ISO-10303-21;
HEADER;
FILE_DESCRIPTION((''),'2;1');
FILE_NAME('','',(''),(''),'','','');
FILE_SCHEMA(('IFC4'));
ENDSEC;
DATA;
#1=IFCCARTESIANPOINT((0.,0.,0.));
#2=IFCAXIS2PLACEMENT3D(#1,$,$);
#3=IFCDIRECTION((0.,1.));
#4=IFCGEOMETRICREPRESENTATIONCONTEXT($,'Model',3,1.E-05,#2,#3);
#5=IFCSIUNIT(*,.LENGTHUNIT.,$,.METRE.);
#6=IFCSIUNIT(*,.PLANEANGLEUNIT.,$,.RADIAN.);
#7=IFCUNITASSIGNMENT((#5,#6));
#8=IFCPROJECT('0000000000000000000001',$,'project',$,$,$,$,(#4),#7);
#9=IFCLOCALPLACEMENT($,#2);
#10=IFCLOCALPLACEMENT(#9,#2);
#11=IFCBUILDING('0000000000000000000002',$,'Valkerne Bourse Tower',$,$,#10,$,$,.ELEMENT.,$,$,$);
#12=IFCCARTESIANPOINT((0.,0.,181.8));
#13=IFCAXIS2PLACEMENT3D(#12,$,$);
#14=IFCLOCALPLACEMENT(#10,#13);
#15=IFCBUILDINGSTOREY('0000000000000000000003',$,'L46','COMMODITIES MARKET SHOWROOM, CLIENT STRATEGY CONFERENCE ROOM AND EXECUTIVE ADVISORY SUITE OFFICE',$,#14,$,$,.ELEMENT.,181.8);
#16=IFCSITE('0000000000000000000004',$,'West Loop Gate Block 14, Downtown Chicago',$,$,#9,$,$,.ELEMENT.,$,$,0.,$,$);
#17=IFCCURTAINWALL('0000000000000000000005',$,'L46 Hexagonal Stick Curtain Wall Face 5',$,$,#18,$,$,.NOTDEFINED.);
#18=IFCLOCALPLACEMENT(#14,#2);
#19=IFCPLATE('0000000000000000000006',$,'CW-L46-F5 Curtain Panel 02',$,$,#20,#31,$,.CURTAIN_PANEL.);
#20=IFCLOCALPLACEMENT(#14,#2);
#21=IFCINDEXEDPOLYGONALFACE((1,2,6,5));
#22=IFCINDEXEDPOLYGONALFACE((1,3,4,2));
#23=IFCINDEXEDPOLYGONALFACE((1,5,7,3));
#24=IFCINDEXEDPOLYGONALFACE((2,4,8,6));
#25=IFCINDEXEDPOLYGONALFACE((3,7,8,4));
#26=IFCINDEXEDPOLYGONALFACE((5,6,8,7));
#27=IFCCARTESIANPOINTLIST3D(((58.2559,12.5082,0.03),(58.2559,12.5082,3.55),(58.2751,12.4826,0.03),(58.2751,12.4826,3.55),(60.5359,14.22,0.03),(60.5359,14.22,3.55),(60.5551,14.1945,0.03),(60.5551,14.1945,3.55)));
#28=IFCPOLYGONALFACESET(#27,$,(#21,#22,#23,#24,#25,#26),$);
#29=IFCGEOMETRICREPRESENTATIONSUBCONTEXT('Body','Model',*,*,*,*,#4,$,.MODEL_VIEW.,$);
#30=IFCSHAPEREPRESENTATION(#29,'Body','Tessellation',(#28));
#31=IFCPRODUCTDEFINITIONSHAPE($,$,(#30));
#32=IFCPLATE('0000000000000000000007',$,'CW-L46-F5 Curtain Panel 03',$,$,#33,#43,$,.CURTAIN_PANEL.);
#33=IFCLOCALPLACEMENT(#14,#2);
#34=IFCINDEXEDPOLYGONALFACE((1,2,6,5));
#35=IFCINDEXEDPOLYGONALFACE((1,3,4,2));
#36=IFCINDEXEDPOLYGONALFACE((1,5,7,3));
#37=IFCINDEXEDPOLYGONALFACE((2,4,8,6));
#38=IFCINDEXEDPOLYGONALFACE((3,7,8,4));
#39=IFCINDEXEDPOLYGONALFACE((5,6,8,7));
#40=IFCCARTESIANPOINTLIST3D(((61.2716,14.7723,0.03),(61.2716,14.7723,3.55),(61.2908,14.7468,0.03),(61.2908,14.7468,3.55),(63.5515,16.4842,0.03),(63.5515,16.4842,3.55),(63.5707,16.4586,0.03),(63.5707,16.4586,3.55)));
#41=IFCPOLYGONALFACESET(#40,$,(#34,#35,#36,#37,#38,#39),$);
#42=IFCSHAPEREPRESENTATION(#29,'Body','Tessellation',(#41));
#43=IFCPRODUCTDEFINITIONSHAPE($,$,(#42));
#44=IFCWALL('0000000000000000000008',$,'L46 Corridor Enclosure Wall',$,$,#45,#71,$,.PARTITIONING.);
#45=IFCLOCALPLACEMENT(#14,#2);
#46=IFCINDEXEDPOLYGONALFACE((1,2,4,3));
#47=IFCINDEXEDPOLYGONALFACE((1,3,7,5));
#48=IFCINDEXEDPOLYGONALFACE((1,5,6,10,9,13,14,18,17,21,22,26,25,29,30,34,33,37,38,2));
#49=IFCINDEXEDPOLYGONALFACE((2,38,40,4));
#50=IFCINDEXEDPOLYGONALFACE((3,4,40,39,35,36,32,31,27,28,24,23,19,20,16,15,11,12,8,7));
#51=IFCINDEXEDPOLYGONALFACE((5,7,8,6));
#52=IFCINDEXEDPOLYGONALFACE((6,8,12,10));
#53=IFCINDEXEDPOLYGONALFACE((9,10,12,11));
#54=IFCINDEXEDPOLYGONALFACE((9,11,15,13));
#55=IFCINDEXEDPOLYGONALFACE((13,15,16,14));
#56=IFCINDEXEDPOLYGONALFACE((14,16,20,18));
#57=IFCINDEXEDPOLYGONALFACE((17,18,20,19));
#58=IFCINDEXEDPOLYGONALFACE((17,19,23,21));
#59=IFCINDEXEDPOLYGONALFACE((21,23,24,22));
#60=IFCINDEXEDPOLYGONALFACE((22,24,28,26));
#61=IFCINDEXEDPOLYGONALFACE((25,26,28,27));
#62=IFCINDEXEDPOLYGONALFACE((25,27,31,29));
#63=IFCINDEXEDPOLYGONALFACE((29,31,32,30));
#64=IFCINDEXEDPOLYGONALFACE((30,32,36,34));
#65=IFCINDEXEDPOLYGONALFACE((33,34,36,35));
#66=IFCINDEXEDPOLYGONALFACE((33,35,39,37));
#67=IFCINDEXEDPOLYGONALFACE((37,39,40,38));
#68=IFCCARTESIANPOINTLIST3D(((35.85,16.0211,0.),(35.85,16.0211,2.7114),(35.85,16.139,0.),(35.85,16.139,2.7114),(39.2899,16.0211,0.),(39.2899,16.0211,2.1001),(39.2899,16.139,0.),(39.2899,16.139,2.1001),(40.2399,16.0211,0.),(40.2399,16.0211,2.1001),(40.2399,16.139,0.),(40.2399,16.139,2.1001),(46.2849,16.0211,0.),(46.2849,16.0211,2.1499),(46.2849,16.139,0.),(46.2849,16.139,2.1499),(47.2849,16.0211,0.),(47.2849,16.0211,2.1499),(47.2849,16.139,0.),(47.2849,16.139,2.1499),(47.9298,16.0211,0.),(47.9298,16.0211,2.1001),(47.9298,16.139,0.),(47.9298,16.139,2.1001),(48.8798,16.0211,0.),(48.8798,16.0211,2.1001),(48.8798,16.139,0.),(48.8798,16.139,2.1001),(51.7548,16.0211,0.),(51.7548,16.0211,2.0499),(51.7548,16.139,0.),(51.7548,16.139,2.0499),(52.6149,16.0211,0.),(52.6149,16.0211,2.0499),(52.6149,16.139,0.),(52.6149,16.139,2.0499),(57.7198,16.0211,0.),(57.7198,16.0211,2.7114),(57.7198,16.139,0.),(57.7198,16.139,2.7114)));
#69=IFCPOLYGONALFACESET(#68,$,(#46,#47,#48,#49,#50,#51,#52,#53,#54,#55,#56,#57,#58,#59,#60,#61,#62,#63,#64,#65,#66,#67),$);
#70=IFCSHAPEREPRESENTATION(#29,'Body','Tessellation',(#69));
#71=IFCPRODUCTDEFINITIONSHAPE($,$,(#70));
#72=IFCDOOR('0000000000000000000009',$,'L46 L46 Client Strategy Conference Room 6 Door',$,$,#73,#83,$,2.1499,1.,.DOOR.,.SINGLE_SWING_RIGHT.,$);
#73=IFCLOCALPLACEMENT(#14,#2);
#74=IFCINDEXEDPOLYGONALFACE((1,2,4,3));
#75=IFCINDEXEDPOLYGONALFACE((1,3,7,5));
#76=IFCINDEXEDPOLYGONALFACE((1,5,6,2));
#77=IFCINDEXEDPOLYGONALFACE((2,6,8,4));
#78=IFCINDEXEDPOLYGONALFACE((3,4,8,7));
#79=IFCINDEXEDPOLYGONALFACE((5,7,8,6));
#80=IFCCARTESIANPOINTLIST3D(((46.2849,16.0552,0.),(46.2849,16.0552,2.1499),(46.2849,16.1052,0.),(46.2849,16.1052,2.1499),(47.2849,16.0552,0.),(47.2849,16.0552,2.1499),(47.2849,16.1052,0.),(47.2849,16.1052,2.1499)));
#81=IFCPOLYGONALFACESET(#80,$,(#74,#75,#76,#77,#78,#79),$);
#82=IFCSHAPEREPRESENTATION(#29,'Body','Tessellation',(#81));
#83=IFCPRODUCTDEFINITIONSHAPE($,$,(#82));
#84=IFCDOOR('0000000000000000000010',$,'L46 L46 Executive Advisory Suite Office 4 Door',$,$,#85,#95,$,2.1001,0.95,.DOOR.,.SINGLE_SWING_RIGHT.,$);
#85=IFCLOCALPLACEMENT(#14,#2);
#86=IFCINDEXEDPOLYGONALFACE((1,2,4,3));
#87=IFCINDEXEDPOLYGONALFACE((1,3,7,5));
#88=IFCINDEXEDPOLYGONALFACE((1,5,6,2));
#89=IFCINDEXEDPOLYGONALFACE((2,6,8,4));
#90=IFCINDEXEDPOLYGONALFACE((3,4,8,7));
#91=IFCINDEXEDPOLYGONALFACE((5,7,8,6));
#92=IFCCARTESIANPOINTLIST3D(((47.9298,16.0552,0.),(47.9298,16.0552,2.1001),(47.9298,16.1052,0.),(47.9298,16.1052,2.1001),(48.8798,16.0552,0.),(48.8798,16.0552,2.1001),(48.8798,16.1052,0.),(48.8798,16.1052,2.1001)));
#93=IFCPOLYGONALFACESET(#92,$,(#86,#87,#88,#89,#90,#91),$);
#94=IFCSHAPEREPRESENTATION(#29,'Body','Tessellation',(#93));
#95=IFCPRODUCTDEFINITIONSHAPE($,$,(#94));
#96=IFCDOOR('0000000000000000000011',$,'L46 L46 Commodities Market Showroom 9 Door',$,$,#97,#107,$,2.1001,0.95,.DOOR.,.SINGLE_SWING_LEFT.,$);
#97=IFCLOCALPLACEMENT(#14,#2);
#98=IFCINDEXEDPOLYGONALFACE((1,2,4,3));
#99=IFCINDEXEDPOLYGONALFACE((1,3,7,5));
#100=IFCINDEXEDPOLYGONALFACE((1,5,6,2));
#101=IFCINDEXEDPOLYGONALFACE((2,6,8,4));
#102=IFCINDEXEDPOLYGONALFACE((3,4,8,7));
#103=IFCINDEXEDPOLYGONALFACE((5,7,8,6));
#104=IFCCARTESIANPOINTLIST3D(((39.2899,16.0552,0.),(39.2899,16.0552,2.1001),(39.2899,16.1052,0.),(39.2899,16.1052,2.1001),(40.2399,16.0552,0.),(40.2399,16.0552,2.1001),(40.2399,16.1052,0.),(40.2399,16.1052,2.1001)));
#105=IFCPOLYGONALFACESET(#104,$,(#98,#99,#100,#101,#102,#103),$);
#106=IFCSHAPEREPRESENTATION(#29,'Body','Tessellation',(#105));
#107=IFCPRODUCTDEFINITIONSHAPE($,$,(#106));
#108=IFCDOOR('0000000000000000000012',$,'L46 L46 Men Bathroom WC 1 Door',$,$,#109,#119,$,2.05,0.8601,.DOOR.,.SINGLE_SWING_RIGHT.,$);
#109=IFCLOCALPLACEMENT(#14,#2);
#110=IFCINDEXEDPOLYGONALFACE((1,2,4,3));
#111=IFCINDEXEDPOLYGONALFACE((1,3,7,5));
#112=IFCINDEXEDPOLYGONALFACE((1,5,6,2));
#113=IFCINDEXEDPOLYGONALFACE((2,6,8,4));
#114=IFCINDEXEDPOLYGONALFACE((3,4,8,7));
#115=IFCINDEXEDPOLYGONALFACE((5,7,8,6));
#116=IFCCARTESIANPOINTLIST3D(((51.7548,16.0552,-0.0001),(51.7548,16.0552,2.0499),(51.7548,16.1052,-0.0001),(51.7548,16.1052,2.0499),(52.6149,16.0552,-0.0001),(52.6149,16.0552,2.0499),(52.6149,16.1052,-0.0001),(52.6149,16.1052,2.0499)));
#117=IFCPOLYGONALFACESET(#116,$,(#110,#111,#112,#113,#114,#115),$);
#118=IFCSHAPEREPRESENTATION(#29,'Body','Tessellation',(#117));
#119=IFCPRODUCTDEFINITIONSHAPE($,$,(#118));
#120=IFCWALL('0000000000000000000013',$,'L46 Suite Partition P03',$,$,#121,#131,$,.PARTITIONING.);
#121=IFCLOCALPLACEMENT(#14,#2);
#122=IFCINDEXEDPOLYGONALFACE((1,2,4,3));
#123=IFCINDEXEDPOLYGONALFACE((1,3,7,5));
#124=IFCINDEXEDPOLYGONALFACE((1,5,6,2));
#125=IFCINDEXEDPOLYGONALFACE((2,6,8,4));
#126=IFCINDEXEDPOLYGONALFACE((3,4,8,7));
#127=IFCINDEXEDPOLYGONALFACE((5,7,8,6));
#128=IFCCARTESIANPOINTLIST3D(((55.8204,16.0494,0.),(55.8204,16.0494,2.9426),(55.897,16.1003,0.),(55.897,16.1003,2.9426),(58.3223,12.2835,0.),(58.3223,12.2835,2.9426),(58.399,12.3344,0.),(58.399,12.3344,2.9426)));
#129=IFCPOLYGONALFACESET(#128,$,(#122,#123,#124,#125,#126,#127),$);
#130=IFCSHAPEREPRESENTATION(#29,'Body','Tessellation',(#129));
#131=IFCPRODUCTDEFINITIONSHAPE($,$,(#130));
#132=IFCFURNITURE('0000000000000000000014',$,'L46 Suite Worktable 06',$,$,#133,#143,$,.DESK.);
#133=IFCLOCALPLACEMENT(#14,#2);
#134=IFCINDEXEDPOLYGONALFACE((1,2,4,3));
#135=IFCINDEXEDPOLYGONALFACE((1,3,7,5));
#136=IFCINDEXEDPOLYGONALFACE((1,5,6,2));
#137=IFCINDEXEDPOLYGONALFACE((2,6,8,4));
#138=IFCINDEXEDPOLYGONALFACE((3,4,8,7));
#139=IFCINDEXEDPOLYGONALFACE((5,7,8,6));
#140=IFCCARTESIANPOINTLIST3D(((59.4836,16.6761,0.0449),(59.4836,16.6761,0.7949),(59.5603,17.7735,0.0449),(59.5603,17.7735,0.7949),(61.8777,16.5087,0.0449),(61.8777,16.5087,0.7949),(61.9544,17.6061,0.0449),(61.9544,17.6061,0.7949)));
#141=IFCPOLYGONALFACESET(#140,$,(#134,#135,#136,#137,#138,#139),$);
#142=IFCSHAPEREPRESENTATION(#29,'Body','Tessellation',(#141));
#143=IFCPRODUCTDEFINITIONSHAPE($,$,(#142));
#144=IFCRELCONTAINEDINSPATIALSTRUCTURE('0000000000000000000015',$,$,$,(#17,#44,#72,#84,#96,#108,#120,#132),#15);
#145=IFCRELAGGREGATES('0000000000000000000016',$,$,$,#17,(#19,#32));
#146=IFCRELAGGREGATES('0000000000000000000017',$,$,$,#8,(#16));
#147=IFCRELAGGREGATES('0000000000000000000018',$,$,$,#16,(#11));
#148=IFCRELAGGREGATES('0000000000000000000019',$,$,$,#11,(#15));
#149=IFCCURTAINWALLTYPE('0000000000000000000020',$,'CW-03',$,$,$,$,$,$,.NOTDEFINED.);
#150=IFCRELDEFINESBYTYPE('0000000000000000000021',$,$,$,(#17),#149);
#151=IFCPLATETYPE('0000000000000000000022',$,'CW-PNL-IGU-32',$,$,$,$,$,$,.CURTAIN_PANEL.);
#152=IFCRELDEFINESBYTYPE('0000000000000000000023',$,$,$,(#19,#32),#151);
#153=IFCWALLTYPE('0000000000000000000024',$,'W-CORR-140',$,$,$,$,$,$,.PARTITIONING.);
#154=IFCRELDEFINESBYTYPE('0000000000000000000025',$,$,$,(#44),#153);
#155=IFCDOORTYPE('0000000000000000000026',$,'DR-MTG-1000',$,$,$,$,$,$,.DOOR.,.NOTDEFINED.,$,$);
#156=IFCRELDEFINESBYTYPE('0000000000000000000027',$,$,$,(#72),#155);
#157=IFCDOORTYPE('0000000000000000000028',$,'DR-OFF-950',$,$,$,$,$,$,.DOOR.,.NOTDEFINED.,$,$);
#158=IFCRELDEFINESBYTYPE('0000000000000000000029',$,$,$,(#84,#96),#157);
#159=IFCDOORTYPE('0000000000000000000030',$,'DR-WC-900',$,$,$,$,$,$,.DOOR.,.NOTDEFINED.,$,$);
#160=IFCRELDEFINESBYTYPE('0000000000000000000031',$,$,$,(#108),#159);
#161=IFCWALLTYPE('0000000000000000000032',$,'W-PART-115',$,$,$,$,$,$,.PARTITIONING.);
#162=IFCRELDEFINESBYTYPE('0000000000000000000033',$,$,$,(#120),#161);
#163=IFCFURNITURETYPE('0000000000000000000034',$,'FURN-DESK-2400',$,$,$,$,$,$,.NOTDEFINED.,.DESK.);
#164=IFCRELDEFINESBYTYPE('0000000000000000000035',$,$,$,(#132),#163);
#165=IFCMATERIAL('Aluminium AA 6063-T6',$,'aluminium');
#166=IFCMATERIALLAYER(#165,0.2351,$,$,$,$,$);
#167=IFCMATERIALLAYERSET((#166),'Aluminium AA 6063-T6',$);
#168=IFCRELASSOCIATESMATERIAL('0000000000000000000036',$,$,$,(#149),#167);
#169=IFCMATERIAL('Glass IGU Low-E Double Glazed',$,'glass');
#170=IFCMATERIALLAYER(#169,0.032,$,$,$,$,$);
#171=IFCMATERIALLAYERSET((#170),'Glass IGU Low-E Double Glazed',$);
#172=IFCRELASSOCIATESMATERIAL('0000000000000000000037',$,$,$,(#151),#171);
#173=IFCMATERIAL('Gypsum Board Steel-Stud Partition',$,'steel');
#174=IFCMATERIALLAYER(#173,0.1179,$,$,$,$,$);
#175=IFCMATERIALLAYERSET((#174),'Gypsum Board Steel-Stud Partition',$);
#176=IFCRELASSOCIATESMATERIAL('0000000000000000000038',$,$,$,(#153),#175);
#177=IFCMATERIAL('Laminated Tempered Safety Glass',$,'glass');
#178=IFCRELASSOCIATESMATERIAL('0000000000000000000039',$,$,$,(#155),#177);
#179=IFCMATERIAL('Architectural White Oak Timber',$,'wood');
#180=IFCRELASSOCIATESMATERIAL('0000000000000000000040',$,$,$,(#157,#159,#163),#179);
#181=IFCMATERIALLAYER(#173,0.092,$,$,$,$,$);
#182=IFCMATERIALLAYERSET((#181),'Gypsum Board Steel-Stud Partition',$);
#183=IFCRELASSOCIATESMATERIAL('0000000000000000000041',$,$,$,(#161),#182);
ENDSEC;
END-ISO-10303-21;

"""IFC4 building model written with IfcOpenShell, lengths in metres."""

from ifc_helpers import new_model, si_unit, direction, frame, frame_2d, origin, origin_2d, place, context, subcontext, project, spatial, rectangle, extrude, material, layer, layer_set, type_object, element, fill, aggregate, save


model = new_model("IFC4")

# Units and contexts
model_context = context("Model", 3, precision=1e-05, world=origin(), true_north=direction((0.0, 1.0)))
body_context = subcontext(model_context, "Body", "Model", "MODEL_VIEW")
ifc_project = project(units=[si_unit("LENGTHUNIT", "METRE"), si_unit("PLANEANGLEUNIT", "RADIAN")], contexts=[model_context])

# Site, building, storey
site_placement = place(None, origin())
site = spatial("IfcSite", under=ifc_project, at=site_placement, Name="West Loop Gate Block 14, Downtown Chicago", CompositionType="ELEMENT", RefElevation=0.0)
building_placement = place(site_placement, origin())
building = spatial("IfcBuilding", under=site, at=building_placement, Name="Valkerne Bourse Tower", CompositionType="ELEMENT")
storey_placement = place(building_placement, frame((0.0, 0.0, 181.8)))
storey = spatial("IfcBuildingStorey", under=building, at=storey_placement, Name="L46", Description="COMMODITIES MARKET SHOWROOM, CLIENT STRATEGY CONFERENCE ROOM AND EXECUTIVE ADVISORY SUITE OFFICE", CompositionType="ELEMENT", Elevation=181.8)

# Curtain wall
ifc_material_1 = material(Name="Aluminium AA 6063-T6", Category="aluminium")
ifc_layer_1 = layer(ifc_material_1, 0.2351)
ifc_layer_set_1 = layer_set([ifc_layer_1], Name="Aluminium AA 6063-T6")
curtain_wall_type = type_object("IfcCurtainWallType", Name="CW-03", PredefinedType="NOTDEFINED", material=ifc_layer_set_1)
curtain_wall_placement = place(storey_placement, origin())
curtain_wall = element("IfcCurtainWall", 1, at=curtain_wall_placement, inside=storey, type_object=curtain_wall_type, Name="L46 Hexagonal Stick Curtain Wall Face 5", PredefinedType="NOTDEFINED")

# Plates
ifc_material_2 = material(Name="Glass IGU Low-E Double Glazed", Category="glass")
ifc_layer_2 = layer(ifc_material_2, 0.032)
ifc_layer_set_2 = layer_set([ifc_layer_2], Name="Glass IGU Low-E Double Glazed")
plate_type = type_object("IfcPlateType", Name="CW-PNL-IGU-32", PredefinedType="CURTAIN_PANEL", material=ifc_layer_set_2)
plate_1_placement = place(storey_placement, frame((59.4055, 13.3513, 0.03), z_axis=(0.0, 0.0, 1.0), x_axis=(0.799682, 0.600424, 0.0)))
plate_1 = element("IfcPlate", 2, at=plate_1_placement, type_object=plate_type, Name="CW-L46-F5 Curtain Panel 02", PredefinedType="CURTAIN_PANEL", context=body_context, shape_type="SweptSolid", body=[
    extrude(rectangle(XDim=2.8511, YDim=0.032, at=origin_2d()), origin(), (0.0, 0.0, 1.0), 3.52),
])
plate_2_placement = place(storey_placement, frame((62.4211, 15.6155, 0.03), z_axis=(0.0, 0.0, 1.0), x_axis=(0.799682, 0.600424, 0.0)))
plate_2 = element("IfcPlate", 3, at=plate_2_placement, type_object=plate_type, Name="CW-L46-F5 Curtain Panel 03", PredefinedType="CURTAIN_PANEL", context=body_context, shape_type="SweptSolid", body=[
    extrude(rectangle(XDim=2.8511, YDim=0.032, at=origin_2d()), origin(), (0.0, 0.0, 1.0), 3.52),
])
aggregate(curtain_wall, [plate_1, plate_2])

# Wall, openings, doors
ifc_material_3 = material(Name="Gypsum Board Steel-Stud Partition", Category="steel")
ifc_layer_3 = layer(ifc_material_3, 0.1179)
ifc_layer_set_3 = layer_set([ifc_layer_3], Name="Gypsum Board Steel-Stud Partition")
wall_type_1 = type_object("IfcWallType", Name="W-CORR-140", PredefinedType="PARTITIONING", material=ifc_layer_set_3)
wall_1_placement = place(storey_placement, frame((57.72, 16.0801, 0.0), z_axis=(0.0, 0.0, 1.0), x_axis=(-1.0, 0.0, 0.0)))
wall_1 = element("IfcWall", 4, at=wall_1_placement, inside=storey, type_object=wall_type_1, Name="L46 Corridor Enclosure Wall", PredefinedType="PARTITIONING", context=body_context, shape_type="SweptSolid", body=[
    extrude(rectangle(XDim=21.8699, YDim=0.1179, at=frame_2d((10.9351, 0.0))), origin(), (0.0, 0.0, 1.0), 2.7114),
])
opening_1_placement = place(wall_1_placement, frame((5.105, 0.0, 0.0)))
opening_1 = element("IfcOpeningElement", 5, at=opening_1_placement, cuts=wall_1, PredefinedType="OPENING", context=body_context, shape_type="SweptSolid", body=[
    extrude(rectangle(XDim=0.8601, YDim=2.05, at=frame_2d((0.4302, 1.0249))), frame((0.0, 0.0688, 0.0), z_axis=(0.0, -1.0, 0.0), x_axis=(1.0, 0.0, 0.0)), (0.0, 0.0, 1.0), 0.1379),
])
opening_2_placement = place(wall_1_placement, frame((8.8401, 0.0, 0.0)))
opening_2 = element("IfcOpeningElement", 6, at=opening_2_placement, cuts=wall_1, PredefinedType="OPENING", context=body_context, shape_type="SweptSolid", body=[
    extrude(rectangle(XDim=0.95, YDim=2.1001, at=frame_2d((0.4751, 1.05))), frame((0.0, 0.0688, 0.0), z_axis=(0.0, -1.0, 0.0), x_axis=(1.0, 0.0, 0.0)), (0.0, 0.0, 1.0), 0.1379),
])
opening_3_placement = place(wall_1_placement, frame((10.4351, 0.0, 0.0)))
opening_3 = element("IfcOpeningElement", 7, at=opening_3_placement, cuts=wall_1, PredefinedType="OPENING", context=body_context, shape_type="SweptSolid", body=[
    extrude(rectangle(XDim=1.0, YDim=2.1499, at=frame_2d((0.5, 1.075))), frame((0.0, 0.0688, 0.0), z_axis=(0.0, -1.0, 0.0), x_axis=(1.0, 0.0, 0.0)), (0.0, 0.0, 1.0), 0.1379),
])
opening_4_placement = place(wall_1_placement, frame((17.48, 0.0, 0.0)))
opening_4 = element("IfcOpeningElement", 8, at=opening_4_placement, cuts=wall_1, PredefinedType="OPENING", context=body_context, shape_type="SweptSolid", body=[
    extrude(rectangle(XDim=0.95, YDim=2.1001, at=frame_2d((0.4751, 1.05))), frame((0.0, 0.0688, 0.0), z_axis=(0.0, -1.0, 0.0), x_axis=(1.0, 0.0, 0.0)), (0.0, 0.0, 1.0), 0.1379),
])
ifc_material_4 = material(Name="Laminated Tempered Safety Glass", Category="glass")
door_type_1 = type_object("IfcDoorType", Name="DR-MTG-1000", OperationType="NOTDEFINED", PredefinedType="DOOR", material=ifc_material_4)
door_1_placement = place(opening_3_placement, origin())
door_1 = element("IfcDoor", 9, at=door_1_placement, inside=storey, type_object=door_type_1, Name="L46 L46 Client Strategy Conference Room 6 Door", OperationType="SINGLE_SWING_RIGHT", OverallHeight=2.1499, OverallWidth=1.0, PredefinedType="DOOR", context=body_context, shape_type="SweptSolid", body=[
    extrude(rectangle(XDim=1.0, YDim=2.1499, at=frame_2d((0.5, 1.075))), frame((0.0, 0.0249, 0.0), z_axis=(0.0, -1.0, 0.0), x_axis=(1.0, 0.0, 0.0)), (0.0, 0.0, 1.0), 0.05),
])
fill(opening_3, door_1)
ifc_material_5 = material(Name="Architectural White Oak Timber", Category="wood")
door_type_2 = type_object("IfcDoorType", Name="DR-OFF-950", OperationType="NOTDEFINED", PredefinedType="DOOR", material=ifc_material_5)
door_2_placement = place(opening_2_placement, origin())
door_2 = element("IfcDoor", 10, at=door_2_placement, inside=storey, type_object=door_type_2, Name="L46 L46 Executive Advisory Suite Office 4 Door", OperationType="SINGLE_SWING_RIGHT", OverallHeight=2.1001, OverallWidth=0.95, PredefinedType="DOOR", context=body_context, shape_type="SweptSolid", body=[
    extrude(rectangle(XDim=0.95, YDim=2.1001, at=frame_2d((0.4751, 1.05))), frame((0.0, 0.0249, 0.0), z_axis=(0.0, -1.0, 0.0), x_axis=(1.0, 0.0, 0.0)), (0.0, 0.0, 1.0), 0.05),
])
fill(opening_2, door_2)
door_3_placement = place(opening_4_placement, origin())
door_3 = element("IfcDoor", 11, at=door_3_placement, inside=storey, type_object=door_type_2, Name="L46 L46 Commodities Market Showroom 9 Door", OperationType="SINGLE_SWING_LEFT", OverallHeight=2.1001, OverallWidth=0.95, PredefinedType="DOOR", context=body_context, shape_type="SweptSolid", body=[
    extrude(rectangle(XDim=0.95, YDim=2.1001, at=frame_2d((0.4751, 1.05))), frame((0.0, 0.0249, 0.0), z_axis=(0.0, -1.0, 0.0), x_axis=(1.0, 0.0, 0.0)), (0.0, 0.0, 1.0), 0.05),
])
fill(opening_4, door_3)
door_type_3 = type_object("IfcDoorType", Name="DR-WC-900", OperationType="NOTDEFINED", PredefinedType="DOOR", material=ifc_material_5)
door_4_placement = place(opening_1_placement, origin())
door_4 = element("IfcDoor", 12, at=door_4_placement, inside=storey, type_object=door_type_3, Name="L46 L46 Men Bathroom WC 1 Door", OperationType="SINGLE_SWING_RIGHT", OverallHeight=2.05, OverallWidth=0.8601, PredefinedType="DOOR", context=body_context, shape_type="SweptSolid", body=[
    extrude(rectangle(XDim=0.8601, YDim=2.05, at=frame_2d((0.4302, 1.0249))), frame((0.0, 0.0249, 0.0), z_axis=(0.0, -1.0, 0.0), x_axis=(1.0, 0.0, 0.0)), (0.0, 0.0, 1.0), 0.05),
])
fill(opening_1, door_4)

# Wall
ifc_layer_4 = layer(ifc_material_3, 0.092)
ifc_layer_set_4 = layer_set([ifc_layer_4], Name="Gypsum Board Steel-Stud Partition")
wall_type_2 = type_object("IfcWallType", Name="W-PART-115", PredefinedType="PARTITIONING", material=ifc_layer_set_4)
wall_2_placement = place(storey_placement, frame((55.8586, 16.075, 0.0), z_axis=(0.0, 0.0, 1.0), x_axis=(0.553379, -0.83293, 0.0)))
element("IfcWall", 13, at=wall_2_placement, inside=storey, type_object=wall_type_2, Name="L46 Suite Partition P03", PredefinedType="PARTITIONING", context=body_context, shape_type="SweptSolid", body=[
    extrude(rectangle(XDim=4.5212, YDim=0.092, at=frame_2d((2.2607, 0.0))), origin(), (0.0, 0.0, 1.0), 2.9426),
])

# Furniture
furniture_type = type_object("IfcFurnitureType", Name="FURN-DESK-2400", AssemblyPlace="NOTDEFINED", PredefinedType="DESK", material=ifc_material_5)
furniture_placement = place(storey_placement, frame((60.719, 17.1411, 0.0449), z_axis=(0.0, 0.0, 1.0), x_axis=(-0.997564, 0.069756, 0.0)))
element("IfcFurniture", 14, at=furniture_placement, inside=storey, type_object=furniture_type, Name="L46 Suite Worktable 06", PredefinedType="DESK", context=body_context, shape_type="SweptSolid", body=[
    extrude(rectangle(XDim=2.3999, YDim=1.1001, at=origin_2d()), origin(), (0.0, 0.0, 1.0), 0.75),
])

save(model, "model.ifc")
